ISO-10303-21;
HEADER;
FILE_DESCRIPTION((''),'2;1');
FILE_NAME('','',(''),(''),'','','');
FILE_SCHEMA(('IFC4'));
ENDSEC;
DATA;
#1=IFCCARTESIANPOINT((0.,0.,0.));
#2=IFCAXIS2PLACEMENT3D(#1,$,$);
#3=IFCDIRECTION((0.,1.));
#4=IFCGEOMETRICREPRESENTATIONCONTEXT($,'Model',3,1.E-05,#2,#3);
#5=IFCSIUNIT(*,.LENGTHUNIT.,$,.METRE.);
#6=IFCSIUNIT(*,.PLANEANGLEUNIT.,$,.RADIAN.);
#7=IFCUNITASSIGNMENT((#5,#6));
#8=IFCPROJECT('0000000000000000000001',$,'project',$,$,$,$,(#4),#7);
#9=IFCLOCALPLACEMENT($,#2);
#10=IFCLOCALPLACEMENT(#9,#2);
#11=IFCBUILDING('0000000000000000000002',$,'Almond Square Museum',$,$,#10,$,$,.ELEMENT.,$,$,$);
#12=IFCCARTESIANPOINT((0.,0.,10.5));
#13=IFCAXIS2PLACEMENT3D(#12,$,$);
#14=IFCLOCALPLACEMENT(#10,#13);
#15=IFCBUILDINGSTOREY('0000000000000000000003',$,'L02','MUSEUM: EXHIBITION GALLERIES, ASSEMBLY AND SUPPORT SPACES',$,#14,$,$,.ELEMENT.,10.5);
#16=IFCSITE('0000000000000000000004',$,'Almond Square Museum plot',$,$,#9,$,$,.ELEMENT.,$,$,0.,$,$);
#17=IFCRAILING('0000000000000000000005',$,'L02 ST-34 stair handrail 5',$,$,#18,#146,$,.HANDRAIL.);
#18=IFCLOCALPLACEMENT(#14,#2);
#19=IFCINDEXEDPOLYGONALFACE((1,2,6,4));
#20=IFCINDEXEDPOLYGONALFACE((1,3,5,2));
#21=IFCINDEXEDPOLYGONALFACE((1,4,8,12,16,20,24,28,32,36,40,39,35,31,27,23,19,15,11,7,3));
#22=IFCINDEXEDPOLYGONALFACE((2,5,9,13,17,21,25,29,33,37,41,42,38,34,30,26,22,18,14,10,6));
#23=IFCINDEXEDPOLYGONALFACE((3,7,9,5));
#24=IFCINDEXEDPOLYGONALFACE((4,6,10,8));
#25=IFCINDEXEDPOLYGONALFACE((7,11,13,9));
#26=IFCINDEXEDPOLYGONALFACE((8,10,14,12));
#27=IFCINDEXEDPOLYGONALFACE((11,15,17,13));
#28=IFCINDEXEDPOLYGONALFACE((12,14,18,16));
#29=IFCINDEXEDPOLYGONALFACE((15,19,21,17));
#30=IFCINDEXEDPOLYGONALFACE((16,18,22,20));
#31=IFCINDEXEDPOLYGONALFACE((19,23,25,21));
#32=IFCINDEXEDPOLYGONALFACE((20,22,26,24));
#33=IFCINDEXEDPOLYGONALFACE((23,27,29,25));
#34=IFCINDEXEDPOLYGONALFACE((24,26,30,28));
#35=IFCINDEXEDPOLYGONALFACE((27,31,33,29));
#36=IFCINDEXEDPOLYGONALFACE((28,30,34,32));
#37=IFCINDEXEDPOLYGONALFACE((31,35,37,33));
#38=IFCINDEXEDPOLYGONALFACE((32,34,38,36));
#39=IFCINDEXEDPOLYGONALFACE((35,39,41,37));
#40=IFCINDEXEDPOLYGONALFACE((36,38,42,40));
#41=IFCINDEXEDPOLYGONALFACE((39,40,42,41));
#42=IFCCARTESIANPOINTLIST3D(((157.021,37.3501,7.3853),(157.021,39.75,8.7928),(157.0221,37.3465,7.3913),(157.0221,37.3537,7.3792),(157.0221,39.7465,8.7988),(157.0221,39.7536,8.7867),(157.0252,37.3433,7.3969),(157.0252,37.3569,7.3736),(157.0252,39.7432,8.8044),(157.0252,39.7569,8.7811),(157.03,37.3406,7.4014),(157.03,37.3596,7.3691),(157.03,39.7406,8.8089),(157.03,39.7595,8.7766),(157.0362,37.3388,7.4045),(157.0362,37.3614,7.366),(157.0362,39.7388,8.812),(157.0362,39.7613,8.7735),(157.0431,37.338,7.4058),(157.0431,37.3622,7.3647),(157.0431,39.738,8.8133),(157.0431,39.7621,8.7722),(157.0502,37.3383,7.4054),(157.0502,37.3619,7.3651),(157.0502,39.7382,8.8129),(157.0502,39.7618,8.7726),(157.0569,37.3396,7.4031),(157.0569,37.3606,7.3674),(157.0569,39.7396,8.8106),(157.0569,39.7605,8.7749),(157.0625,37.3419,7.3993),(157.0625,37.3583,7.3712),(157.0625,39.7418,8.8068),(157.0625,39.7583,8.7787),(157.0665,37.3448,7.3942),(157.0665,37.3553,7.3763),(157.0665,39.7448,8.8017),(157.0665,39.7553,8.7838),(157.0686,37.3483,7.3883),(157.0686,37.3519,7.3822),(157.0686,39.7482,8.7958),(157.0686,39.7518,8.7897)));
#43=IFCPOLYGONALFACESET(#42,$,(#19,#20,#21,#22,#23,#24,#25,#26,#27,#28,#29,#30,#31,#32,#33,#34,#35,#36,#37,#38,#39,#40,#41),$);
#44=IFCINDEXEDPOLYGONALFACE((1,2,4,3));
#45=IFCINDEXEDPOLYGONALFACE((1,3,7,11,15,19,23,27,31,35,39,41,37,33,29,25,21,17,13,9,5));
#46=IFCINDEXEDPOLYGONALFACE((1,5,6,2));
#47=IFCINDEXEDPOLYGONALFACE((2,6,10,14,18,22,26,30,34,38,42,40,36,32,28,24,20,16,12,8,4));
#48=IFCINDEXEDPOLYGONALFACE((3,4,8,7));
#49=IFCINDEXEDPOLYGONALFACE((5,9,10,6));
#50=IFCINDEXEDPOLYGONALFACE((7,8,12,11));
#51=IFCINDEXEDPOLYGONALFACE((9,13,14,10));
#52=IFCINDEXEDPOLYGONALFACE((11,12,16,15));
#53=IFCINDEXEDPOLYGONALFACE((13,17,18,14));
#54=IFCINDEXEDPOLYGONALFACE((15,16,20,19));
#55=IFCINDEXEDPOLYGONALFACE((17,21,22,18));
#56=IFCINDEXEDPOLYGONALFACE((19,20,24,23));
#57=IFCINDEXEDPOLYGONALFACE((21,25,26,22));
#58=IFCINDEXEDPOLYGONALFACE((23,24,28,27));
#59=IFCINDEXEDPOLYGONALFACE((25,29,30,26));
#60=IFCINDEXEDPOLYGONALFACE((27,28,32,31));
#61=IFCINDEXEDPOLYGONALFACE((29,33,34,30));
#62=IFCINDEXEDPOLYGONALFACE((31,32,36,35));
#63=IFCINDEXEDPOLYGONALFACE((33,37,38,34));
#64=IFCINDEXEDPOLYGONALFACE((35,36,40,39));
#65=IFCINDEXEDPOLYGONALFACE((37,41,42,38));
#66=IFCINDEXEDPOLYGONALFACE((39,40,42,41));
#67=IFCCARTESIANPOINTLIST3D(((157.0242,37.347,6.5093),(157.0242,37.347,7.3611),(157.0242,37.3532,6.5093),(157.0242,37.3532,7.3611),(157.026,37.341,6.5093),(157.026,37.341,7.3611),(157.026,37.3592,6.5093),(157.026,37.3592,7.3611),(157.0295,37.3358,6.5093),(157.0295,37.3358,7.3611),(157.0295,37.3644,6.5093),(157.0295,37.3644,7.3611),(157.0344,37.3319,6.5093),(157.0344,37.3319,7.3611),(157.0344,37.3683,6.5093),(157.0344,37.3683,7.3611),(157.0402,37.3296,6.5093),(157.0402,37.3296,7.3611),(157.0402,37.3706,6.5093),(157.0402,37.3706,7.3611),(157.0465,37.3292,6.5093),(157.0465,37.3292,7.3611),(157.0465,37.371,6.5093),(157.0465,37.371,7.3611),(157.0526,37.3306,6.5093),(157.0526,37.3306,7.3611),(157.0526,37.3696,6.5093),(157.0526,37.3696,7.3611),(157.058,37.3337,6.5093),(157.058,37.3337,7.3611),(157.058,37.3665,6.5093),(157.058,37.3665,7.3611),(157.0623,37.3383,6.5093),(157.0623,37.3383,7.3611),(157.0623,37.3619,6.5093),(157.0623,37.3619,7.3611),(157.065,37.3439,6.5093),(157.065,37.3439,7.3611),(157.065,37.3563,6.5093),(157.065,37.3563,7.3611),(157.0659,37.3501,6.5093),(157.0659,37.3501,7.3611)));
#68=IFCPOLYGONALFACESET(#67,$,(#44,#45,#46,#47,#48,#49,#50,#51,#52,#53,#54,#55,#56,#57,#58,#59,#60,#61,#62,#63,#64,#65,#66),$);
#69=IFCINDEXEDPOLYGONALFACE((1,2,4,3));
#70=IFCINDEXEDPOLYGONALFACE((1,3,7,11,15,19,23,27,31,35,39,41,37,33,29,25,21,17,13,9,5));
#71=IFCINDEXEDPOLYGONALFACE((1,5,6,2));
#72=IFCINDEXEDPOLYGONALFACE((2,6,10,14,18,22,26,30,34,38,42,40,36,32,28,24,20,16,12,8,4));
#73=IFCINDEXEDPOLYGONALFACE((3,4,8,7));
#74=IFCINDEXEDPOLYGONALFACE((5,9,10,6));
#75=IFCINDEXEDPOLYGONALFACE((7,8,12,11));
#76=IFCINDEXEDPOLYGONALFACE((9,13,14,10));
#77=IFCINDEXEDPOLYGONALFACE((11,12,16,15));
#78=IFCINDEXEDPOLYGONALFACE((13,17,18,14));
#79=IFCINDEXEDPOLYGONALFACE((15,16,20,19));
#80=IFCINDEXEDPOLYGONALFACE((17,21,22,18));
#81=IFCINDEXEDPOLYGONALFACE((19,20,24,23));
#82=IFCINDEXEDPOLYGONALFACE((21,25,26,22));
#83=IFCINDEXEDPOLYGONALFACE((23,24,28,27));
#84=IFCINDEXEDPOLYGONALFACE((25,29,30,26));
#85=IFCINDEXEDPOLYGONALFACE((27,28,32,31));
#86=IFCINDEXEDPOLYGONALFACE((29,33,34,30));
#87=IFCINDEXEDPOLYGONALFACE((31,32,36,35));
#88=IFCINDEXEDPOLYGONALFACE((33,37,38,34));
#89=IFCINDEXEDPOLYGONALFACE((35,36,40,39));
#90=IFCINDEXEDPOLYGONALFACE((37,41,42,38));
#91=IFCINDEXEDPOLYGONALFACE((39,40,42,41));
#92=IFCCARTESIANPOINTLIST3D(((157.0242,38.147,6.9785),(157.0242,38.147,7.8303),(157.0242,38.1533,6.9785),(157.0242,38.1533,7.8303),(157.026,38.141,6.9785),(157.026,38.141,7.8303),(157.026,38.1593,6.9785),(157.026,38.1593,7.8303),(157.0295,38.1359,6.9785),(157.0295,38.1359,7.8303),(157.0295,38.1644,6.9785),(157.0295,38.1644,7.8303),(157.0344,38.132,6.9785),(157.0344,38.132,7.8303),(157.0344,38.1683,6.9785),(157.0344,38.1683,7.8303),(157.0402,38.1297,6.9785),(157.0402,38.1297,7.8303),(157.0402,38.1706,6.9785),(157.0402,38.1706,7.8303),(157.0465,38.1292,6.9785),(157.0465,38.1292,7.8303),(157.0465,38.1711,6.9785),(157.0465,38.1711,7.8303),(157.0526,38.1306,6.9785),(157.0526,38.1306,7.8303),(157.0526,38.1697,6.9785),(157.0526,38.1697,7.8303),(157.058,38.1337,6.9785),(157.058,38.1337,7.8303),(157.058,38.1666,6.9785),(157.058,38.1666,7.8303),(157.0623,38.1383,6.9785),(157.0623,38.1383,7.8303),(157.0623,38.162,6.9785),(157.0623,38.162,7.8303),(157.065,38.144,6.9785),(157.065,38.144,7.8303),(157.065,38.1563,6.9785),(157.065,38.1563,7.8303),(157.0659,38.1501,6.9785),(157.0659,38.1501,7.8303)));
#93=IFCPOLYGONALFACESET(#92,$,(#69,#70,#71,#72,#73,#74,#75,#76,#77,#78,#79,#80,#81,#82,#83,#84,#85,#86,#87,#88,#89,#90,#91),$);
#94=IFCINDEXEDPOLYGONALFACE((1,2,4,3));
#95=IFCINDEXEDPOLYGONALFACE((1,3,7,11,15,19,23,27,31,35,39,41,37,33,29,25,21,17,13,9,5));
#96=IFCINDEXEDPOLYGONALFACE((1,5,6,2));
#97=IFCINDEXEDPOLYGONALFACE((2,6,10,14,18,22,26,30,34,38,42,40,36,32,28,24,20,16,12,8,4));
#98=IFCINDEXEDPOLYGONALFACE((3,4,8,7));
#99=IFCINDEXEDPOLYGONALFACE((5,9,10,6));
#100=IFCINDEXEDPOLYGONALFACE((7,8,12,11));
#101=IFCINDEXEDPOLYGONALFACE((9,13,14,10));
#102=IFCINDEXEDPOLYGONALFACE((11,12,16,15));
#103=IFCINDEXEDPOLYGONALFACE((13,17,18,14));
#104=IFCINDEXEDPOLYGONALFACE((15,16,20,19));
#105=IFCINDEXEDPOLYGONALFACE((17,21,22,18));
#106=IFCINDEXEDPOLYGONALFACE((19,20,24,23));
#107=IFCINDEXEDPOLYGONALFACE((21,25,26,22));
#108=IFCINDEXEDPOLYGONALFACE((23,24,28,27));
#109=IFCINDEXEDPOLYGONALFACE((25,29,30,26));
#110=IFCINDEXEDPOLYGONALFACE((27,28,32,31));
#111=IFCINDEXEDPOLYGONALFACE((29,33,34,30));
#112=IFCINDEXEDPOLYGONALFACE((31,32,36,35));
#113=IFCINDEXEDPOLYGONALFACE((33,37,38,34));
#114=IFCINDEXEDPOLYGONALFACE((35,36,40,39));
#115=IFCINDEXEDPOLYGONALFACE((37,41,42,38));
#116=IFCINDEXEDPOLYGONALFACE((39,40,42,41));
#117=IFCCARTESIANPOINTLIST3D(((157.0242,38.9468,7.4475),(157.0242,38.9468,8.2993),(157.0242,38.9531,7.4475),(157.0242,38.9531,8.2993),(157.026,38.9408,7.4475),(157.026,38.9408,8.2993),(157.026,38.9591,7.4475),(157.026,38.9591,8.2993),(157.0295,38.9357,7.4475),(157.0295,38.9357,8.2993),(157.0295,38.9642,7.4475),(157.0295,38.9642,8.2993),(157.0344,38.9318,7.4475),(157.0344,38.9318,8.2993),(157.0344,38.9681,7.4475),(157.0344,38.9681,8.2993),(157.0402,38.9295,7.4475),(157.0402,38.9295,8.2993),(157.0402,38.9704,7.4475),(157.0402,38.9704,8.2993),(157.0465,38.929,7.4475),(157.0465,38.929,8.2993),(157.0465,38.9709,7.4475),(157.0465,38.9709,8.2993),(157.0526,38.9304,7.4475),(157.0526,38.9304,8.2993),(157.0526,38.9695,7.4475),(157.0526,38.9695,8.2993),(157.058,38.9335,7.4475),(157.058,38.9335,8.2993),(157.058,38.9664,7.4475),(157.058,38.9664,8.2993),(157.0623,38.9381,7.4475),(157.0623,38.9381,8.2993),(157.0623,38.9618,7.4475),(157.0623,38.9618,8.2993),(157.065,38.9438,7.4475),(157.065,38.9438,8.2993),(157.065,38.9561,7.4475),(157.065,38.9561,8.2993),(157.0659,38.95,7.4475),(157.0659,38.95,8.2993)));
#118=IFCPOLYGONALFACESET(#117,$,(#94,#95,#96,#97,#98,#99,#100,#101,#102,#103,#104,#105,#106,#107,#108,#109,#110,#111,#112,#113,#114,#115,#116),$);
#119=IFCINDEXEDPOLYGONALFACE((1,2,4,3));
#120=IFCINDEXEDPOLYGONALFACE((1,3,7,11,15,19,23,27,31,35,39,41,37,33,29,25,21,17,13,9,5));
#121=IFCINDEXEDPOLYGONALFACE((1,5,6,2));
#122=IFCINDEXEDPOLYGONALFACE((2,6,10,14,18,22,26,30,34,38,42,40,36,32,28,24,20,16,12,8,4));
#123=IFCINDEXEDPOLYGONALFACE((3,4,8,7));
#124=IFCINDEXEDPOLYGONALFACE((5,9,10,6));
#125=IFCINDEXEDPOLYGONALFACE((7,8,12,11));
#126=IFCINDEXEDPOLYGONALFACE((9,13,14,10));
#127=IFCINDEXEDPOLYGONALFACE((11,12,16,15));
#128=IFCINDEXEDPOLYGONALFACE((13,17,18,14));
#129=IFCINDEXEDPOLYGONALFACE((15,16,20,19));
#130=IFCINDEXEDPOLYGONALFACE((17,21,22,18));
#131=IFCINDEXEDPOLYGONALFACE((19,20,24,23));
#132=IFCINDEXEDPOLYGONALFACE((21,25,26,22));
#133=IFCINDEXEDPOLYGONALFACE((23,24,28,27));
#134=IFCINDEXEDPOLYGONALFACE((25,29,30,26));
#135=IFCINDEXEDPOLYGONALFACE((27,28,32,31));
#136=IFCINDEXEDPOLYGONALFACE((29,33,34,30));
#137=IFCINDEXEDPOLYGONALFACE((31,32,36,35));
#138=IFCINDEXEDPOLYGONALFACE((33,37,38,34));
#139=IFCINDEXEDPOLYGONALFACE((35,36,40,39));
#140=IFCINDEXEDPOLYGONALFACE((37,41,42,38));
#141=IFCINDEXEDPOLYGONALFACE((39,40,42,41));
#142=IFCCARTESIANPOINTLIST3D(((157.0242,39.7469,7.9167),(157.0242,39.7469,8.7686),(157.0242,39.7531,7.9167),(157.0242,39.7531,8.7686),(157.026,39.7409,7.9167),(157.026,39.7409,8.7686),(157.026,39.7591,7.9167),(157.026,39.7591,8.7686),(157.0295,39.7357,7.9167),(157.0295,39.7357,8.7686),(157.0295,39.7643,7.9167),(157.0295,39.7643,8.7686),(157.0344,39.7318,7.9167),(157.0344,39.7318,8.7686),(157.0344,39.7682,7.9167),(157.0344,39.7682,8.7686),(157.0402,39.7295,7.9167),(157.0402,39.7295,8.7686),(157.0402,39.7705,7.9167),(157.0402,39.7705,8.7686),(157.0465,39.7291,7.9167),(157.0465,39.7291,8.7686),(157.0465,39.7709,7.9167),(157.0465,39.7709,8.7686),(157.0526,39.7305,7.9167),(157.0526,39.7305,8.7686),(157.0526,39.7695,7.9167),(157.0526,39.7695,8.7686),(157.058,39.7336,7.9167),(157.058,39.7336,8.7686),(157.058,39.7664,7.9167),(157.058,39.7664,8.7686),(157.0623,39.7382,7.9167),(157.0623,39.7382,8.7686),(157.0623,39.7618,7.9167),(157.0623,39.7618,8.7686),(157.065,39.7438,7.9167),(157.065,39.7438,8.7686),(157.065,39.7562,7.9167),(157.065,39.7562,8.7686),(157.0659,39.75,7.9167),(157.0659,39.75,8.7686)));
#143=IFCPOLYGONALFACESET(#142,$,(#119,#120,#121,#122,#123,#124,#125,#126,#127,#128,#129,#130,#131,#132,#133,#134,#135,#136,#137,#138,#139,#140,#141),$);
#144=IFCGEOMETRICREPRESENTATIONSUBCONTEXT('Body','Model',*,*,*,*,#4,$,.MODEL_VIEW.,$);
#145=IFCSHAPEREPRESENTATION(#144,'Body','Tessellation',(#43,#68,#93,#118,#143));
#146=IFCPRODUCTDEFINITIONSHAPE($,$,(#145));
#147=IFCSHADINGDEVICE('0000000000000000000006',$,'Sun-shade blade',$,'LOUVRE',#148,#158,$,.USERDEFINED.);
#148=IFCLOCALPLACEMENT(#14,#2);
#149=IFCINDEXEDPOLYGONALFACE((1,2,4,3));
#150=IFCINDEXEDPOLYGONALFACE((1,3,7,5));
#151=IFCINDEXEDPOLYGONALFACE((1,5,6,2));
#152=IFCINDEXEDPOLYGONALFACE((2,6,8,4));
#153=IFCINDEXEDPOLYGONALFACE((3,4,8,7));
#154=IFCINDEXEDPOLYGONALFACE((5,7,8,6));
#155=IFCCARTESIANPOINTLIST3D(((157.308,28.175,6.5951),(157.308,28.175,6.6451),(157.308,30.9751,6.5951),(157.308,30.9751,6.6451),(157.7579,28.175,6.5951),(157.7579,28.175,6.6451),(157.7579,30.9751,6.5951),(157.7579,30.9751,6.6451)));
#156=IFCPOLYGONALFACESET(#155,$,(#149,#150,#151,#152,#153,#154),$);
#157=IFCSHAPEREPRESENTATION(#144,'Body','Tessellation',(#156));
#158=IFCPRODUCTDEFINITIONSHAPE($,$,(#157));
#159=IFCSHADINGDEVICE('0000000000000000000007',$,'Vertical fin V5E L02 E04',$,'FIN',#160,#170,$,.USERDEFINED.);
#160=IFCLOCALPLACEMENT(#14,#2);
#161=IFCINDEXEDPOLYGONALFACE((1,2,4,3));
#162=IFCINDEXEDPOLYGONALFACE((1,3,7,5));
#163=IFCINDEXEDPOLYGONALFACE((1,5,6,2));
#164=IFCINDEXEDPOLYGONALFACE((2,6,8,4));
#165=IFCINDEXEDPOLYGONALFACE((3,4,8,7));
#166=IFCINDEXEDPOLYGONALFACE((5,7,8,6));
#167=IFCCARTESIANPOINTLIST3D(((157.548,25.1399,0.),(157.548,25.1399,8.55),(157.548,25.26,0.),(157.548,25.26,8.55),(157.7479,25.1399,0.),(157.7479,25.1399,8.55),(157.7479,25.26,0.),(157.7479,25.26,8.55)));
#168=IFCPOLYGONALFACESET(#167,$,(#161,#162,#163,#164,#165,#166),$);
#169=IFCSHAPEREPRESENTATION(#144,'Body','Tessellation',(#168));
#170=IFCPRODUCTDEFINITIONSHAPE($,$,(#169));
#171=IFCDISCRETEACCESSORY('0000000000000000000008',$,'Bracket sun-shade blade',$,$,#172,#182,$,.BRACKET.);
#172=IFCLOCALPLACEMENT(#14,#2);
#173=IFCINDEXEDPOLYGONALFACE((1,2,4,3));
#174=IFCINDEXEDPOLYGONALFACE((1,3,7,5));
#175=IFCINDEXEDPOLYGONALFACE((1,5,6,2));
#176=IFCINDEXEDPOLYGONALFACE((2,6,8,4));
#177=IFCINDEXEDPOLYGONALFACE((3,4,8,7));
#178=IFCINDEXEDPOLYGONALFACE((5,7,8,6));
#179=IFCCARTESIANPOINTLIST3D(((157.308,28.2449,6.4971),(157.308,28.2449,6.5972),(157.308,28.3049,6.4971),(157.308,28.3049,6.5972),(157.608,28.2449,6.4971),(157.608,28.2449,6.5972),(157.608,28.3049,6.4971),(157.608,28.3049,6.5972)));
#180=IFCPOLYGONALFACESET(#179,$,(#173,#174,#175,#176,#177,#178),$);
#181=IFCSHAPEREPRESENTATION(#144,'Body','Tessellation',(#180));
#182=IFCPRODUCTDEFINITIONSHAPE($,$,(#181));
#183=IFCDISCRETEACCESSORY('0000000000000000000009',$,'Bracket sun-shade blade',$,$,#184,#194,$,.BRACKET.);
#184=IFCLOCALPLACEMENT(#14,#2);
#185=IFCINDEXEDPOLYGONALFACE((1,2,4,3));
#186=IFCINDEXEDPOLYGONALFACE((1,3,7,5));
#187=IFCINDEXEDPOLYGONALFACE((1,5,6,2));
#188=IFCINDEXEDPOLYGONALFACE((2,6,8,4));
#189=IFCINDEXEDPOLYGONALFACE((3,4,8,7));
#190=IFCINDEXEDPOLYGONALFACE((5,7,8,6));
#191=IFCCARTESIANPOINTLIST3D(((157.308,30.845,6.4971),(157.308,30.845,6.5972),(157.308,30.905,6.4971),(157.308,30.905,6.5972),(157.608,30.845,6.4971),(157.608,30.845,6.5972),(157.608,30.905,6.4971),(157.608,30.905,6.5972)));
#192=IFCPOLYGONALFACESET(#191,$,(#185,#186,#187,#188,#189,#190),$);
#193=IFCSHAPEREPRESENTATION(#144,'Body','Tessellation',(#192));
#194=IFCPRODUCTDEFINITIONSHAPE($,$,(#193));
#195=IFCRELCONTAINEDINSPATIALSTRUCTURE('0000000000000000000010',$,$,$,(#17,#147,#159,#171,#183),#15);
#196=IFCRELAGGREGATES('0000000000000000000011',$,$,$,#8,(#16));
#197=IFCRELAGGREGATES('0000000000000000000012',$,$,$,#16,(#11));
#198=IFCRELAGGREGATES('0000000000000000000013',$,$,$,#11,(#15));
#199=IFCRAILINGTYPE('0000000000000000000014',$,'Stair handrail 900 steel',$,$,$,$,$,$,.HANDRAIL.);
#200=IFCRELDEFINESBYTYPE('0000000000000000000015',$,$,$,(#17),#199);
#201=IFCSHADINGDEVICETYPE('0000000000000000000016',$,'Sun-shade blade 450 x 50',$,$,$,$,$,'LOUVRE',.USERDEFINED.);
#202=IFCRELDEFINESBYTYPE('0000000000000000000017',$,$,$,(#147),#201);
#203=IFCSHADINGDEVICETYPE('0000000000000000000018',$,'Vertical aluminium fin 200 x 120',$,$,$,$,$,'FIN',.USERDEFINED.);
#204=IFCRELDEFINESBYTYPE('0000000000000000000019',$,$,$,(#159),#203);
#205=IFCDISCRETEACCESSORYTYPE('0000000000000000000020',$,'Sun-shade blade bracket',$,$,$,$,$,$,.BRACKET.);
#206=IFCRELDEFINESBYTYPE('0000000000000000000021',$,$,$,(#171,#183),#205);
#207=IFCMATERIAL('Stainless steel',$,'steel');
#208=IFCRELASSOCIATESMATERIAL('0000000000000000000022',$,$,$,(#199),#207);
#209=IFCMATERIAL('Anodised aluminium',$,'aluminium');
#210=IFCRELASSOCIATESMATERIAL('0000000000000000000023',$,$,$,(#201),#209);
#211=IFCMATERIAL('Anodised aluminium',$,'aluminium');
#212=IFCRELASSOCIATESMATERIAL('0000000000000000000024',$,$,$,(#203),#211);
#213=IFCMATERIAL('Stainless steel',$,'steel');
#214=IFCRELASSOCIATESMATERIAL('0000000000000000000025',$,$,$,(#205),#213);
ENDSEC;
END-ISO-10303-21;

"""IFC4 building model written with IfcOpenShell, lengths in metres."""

from ifc_helpers import new_model, si_unit, direction, frame, origin, origin_2d, place, context, subcontext, project, spatial, rectangle, circle, extrude, material, material_profile, profile_set, type_object, element, save


model = new_model("IFC4")

# Units and contexts
model_context = context("Model", 3, precision=1e-05, world=origin(), true_north=direction((0.0, 1.0)))
body_context = subcontext(model_context, "Body", "Model", "MODEL_VIEW")
ifc_project = project(units=[si_unit("LENGTHUNIT", "METRE"), si_unit("PLANEANGLEUNIT", "RADIAN")], contexts=[model_context])

# Site, building, storey
site_placement = place(None, origin())
site = spatial("IfcSite", under=ifc_project, at=site_placement, Name="Almond Square Museum plot", CompositionType="ELEMENT", RefElevation=0.0)
building_placement = place(site_placement, origin())
building = spatial("IfcBuilding", under=site, at=building_placement, Name="Almond Square Museum", CompositionType="ELEMENT")
storey_placement = place(building_placement, frame((0.0, 0.0, 10.5)))
storey = spatial("IfcBuildingStorey", under=building, at=storey_placement, Name="L02", Description="MUSEUM: EXHIBITION GALLERIES, ASSEMBLY AND SUPPORT SPACES", CompositionType="ELEMENT", Elevation=10.5)

# Railing
ifc_material_1 = material(Name="Stainless steel", Category="steel")
railing_type_1 = type_object("IfcRailingType", Name="Stair handrail 900 steel", PredefinedType="HANDRAIL", material=ifc_material_1)
for number, where, name in (
    (1, (157.0449, 37.3501, 6.5093), "L02 ST-34 stair handrail 5"),
):
    element("IfcRailing", number, at=place(storey_placement, frame(where)), inside=storey, type_object=railing_type_1, Name=name, PredefinedType="HANDRAIL", context=body_context, shape_type="SweptSolid", body=[
        extrude(circle(Radius=0.0239, at=origin_2d()), frame((0.0, 0.0, 0.876), z_axis=(0.0, 0.862599, 0.505888), x_axis=(-1.0, 0.0, 0.0)), (0.0, 0.0, 1.0), 2.7822),
        extrude(circle(Radius=0.021, at=origin_2d()), origin(), (0.0, 0.0, 1.0), 0.8518),
        extrude(circle(Radius=0.021, at=origin_2d()), frame((0.0, 0.8, 0.4692)), (0.0, 0.0, 1.0), 0.8518),
        extrude(circle(Radius=0.021, at=origin_2d()), frame((0.0, 1.5999, 0.9382)), (0.0, 0.0, 1.0), 0.8518),
        extrude(circle(Radius=0.021, at=origin_2d()), frame((0.0, 2.3999, 1.4075)), (0.0, 0.0, 1.0), 0.8518),
    ])

# Shading devices
ifc_material_2 = material(Name="Anodised aluminium", Category="aluminium")
ifc_material_profile_1 = material_profile(ifc_material_2, rectangle(XDim=0.45, YDim=0.05, at=origin_2d()))
ifc_profile_set_1 = profile_set([ifc_material_profile_1], Name="Anodised aluminium")
shading_device_type_1 = type_object("IfcShadingDeviceType", Name="Sun-shade blade 450 x 50", ElementType="LOUVRE", PredefinedType="USERDEFINED", material=ifc_profile_set_1)
shading_device_1_placement = place(storey_placement, frame((157.533, 28.175, 6.6201), z_axis=(0.0, 1.0, 0.0), x_axis=(-1.0, 0.0, 0.0)))
element("IfcShadingDevice", 2, at=shading_device_1_placement, inside=storey, type_object=shading_device_type_1, Name="Sun-shade blade", ObjectType="LOUVRE", PredefinedType="USERDEFINED", context=body_context, shape_type="SweptSolid", body=[
    extrude(rectangle(XDim=0.45, YDim=0.05, at=origin_2d()), origin(), (0.0, 0.0, 1.0), 2.8),
])
ifc_material_3 = material(Name="Anodised aluminium", Category="aluminium")
ifc_material_profile_2 = material_profile(ifc_material_3, rectangle(XDim=0.2, YDim=0.1201, at=origin_2d()))
ifc_profile_set_2 = profile_set([ifc_material_profile_2], Name="Anodised aluminium")
shading_device_type_2 = type_object("IfcShadingDeviceType", Name="Vertical aluminium fin 200 x 120", ElementType="FIN", PredefinedType="USERDEFINED", material=ifc_profile_set_2)
shading_device_2_placement = place(storey_placement, frame((157.6479, 25.2, 0.0), z_axis=(0.0, 0.0, 1.0), x_axis=(1.0, 0.0, 0.0)))
element("IfcShadingDevice", 3, at=shading_device_2_placement, inside=storey, type_object=shading_device_type_2, Name="Vertical fin V5E L02 E04", ObjectType="FIN", PredefinedType="USERDEFINED", context=body_context, shape_type="SweptSolid", body=[
    extrude(rectangle(XDim=0.2, YDim=0.1201, at=origin_2d()), origin(), (0.0, 0.0, 1.0), 8.55),
])

# Discrete accessories
ifc_material_4 = material(Name="Stainless steel", Category="steel")
discrete_accessory_type = type_object("IfcDiscreteAccessoryType", Name="Sun-shade blade bracket", PredefinedType="BRACKET", material=ifc_material_4)
for number, where, z_axis, x_axis, name in (
    (4, (157.458, 28.2749, 6.4971), (0.0, 0.0, 1.0), (1.0, 0.0, 0.0), "Bracket sun-shade blade"),
    (5, (157.458, 30.875, 6.4971), (0.0, 0.0, 1.0), (1.0, 0.0, 0.0), "Bracket sun-shade blade"),
):
    element("IfcDiscreteAccessory", number, at=place(storey_placement, frame(where, z_axis=z_axis, x_axis=x_axis)), inside=storey, type_object=discrete_accessory_type, Name=name, PredefinedType="BRACKET", context=body_context, shape_type="SweptSolid", body=[
        extrude(rectangle(XDim=0.3, YDim=0.0601, at=origin_2d()), origin(), (0.0, 0.0, 1.0), 0.1001),
    ])

save(model, "model.ifc")
